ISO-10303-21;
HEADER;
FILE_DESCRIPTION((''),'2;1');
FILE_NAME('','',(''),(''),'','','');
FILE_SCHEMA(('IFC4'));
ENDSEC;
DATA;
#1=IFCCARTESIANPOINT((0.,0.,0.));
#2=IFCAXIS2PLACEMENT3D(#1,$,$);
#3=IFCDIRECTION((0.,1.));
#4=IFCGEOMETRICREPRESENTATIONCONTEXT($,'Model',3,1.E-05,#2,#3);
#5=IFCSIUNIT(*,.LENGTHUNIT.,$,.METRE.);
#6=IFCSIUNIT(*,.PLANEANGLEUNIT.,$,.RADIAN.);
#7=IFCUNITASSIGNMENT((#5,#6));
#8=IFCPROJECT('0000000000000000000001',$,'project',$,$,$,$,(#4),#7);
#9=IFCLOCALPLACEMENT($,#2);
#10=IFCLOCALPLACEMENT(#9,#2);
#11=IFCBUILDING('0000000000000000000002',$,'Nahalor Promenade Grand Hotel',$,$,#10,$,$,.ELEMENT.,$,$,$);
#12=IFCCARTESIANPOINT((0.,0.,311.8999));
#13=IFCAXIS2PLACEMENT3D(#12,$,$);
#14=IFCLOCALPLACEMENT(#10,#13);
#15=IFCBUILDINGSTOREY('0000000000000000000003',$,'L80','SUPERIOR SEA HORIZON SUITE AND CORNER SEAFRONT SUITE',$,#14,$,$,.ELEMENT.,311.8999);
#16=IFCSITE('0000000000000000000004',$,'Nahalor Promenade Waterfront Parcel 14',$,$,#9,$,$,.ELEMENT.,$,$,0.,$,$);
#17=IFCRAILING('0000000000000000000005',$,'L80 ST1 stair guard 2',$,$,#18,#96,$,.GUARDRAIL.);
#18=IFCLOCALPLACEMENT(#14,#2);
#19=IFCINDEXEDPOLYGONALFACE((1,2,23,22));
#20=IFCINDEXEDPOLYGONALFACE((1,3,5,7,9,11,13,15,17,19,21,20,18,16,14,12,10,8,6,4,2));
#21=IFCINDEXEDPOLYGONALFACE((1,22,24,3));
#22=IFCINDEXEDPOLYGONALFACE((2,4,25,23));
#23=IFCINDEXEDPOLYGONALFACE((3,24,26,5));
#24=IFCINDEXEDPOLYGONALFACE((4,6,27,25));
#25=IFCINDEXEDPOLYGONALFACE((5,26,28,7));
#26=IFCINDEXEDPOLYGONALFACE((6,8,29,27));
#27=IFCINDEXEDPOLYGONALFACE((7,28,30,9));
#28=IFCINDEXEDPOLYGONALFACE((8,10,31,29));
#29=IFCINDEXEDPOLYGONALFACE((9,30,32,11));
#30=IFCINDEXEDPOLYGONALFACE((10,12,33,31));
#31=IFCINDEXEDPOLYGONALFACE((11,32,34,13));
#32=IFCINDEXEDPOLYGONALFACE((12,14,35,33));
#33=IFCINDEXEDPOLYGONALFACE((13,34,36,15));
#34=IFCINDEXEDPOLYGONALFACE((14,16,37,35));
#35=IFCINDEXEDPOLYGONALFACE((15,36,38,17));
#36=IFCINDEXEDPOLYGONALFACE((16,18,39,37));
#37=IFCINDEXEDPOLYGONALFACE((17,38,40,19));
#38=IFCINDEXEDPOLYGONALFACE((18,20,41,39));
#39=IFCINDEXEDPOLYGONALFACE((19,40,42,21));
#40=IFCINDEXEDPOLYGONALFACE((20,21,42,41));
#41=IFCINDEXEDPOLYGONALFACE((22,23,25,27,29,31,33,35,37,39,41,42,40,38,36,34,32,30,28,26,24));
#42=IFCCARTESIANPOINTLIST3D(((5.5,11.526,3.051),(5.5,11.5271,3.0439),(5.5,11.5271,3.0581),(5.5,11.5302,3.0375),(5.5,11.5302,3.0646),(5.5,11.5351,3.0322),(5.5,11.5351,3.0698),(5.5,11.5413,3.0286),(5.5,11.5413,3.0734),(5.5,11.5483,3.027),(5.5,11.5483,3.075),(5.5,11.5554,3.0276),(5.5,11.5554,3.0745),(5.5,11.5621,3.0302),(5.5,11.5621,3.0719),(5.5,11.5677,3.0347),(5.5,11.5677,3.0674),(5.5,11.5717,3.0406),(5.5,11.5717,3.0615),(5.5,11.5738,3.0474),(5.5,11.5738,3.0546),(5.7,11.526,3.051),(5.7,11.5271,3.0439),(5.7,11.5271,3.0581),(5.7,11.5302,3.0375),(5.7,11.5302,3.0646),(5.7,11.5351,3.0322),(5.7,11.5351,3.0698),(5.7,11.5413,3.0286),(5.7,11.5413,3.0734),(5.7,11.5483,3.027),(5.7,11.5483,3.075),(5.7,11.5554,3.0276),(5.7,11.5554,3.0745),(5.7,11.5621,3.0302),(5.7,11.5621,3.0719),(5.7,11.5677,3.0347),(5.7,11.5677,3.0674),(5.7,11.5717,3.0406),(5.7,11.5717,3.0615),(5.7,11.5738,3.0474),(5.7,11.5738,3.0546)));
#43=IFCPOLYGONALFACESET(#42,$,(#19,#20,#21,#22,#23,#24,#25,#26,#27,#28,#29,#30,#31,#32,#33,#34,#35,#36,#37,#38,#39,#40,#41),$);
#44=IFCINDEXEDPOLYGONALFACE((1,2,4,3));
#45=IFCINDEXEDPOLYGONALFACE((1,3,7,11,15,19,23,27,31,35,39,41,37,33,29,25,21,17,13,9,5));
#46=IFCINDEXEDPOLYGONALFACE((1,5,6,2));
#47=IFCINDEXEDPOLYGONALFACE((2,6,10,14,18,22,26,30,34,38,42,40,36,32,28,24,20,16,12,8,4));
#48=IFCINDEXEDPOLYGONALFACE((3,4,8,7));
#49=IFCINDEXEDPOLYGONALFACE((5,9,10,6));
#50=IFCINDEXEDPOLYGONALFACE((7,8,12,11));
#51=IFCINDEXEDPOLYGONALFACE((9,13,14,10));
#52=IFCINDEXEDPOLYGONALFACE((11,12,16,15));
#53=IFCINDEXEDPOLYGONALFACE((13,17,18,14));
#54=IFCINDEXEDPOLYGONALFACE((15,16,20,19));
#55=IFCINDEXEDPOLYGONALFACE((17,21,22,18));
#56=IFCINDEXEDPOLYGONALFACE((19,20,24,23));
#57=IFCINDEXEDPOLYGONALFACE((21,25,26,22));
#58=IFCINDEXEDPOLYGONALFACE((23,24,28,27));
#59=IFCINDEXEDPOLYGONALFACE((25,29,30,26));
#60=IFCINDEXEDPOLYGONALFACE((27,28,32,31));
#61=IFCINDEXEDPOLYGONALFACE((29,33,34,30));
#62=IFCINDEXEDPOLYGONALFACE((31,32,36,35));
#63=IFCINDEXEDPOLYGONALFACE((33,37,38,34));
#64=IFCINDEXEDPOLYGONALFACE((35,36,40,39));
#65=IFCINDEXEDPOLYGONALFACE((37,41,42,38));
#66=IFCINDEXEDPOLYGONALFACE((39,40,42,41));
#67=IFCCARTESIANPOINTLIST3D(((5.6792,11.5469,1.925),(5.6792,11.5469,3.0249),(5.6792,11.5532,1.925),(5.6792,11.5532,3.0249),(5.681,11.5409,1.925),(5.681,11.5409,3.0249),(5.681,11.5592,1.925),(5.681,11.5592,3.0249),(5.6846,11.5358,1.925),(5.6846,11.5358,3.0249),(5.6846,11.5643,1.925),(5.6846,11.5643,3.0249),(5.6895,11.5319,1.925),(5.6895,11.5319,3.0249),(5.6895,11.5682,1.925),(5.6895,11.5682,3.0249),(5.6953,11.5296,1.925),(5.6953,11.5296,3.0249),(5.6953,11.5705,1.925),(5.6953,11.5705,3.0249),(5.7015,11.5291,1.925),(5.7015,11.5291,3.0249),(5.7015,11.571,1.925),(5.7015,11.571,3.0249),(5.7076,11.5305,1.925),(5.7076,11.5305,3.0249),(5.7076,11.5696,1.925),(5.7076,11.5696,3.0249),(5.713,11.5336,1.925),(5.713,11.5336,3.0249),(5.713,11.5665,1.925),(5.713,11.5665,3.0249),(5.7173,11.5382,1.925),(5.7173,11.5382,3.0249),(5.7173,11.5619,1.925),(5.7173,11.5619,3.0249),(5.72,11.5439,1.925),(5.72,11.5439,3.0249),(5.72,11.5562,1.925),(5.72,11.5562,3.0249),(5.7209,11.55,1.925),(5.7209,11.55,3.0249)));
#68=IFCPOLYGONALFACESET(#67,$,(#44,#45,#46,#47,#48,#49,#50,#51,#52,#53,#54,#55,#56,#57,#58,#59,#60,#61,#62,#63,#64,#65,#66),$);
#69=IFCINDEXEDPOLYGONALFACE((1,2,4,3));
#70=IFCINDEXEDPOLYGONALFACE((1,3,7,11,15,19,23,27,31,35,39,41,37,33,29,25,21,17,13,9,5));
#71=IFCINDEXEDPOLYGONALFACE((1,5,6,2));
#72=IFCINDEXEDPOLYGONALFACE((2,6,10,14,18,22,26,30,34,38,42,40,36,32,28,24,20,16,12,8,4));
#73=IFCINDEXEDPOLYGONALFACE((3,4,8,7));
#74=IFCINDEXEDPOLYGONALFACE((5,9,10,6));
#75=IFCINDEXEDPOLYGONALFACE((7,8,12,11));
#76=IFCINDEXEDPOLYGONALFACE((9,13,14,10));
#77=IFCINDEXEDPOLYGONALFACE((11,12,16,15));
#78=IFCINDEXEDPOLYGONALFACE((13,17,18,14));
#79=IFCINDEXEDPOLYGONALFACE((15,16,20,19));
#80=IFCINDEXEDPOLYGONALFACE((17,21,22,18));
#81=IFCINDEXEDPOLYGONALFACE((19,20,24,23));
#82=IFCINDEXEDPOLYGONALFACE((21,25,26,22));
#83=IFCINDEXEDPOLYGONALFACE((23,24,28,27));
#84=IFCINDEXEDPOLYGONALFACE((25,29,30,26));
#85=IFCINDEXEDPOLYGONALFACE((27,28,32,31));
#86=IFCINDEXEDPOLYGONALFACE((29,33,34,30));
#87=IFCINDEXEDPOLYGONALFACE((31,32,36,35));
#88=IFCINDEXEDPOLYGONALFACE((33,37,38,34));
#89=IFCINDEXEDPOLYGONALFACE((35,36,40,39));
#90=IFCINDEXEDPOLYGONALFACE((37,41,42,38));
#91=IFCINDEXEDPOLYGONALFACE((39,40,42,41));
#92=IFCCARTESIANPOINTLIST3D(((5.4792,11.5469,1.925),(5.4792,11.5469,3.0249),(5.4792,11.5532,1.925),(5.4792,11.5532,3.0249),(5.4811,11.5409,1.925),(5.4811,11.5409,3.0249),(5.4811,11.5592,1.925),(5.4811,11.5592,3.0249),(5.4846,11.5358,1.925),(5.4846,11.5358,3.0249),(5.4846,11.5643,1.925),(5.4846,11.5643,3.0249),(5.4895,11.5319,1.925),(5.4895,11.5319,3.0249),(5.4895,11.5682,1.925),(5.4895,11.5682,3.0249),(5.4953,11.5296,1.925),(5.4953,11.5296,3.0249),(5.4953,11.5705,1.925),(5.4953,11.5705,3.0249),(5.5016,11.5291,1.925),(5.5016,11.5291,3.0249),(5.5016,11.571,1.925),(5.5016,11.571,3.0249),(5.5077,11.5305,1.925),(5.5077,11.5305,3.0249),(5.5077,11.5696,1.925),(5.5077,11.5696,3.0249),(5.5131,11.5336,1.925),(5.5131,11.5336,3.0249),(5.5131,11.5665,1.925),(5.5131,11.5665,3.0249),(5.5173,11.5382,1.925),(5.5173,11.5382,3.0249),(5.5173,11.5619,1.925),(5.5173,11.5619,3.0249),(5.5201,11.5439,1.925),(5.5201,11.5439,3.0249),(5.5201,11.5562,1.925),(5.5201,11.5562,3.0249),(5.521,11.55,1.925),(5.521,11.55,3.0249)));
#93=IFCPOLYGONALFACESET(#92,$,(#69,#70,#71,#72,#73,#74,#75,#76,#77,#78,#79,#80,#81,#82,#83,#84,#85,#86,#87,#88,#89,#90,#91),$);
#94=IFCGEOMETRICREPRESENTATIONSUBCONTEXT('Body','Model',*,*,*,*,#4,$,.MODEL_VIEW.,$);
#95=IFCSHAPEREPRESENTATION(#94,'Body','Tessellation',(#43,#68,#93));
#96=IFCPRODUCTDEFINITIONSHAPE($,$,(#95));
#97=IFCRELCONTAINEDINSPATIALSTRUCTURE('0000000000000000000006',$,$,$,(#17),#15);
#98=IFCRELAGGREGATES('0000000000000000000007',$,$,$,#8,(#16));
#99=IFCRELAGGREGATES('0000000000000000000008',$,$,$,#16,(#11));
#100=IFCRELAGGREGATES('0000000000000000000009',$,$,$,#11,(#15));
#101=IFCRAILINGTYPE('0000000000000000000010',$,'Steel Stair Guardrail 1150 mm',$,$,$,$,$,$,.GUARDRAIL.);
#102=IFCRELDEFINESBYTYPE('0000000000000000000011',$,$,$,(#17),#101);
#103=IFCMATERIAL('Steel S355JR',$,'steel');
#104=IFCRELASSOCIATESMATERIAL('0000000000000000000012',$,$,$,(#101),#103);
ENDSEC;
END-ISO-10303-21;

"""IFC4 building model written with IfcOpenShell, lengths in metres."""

from ifc_helpers import new_model, si_unit, direction, frame, origin, origin_2d, place, context, subcontext, project, spatial, circle, extrude, material, type_object, element, save


model = new_model("IFC4")

# Units and contexts
model_context = context("Model", 3, precision=1e-05, world=origin(), true_north=direction((0.0, 1.0)))
body_context = subcontext(model_context, "Body", "Model", "MODEL_VIEW")
ifc_project = project(units=[si_unit("LENGTHUNIT", "METRE"), si_unit("PLANEANGLEUNIT", "RADIAN")], contexts=[model_context])

# Site, building, storey
site_placement = place(None, origin())
site = spatial("IfcSite", under=ifc_project, at=site_placement, Name="Nahalor Promenade Waterfront Parcel 14", CompositionType="ELEMENT", RefElevation=0.0)
building_placement = place(site_placement, origin())
building = spatial("IfcBuilding", under=site, at=building_placement, Name="Nahalor Promenade Grand Hotel", CompositionType="ELEMENT")
storey_placement = place(building_placement, frame((0.0, 0.0, 311.8999)))
storey = spatial("IfcBuildingStorey", under=building, at=storey_placement, Name="L80", Description="SUPERIOR SEA HORIZON SUITE AND CORNER SEAFRONT SUITE", CompositionType="ELEMENT", Elevation=311.8999)

# Shared definitions
ifc_material_1 = material(Name="Steel S355JR", Category="steel")

# Railing
railing_type_1 = type_object("IfcRailingType", Name="Steel Stair Guardrail 1150 mm", PredefinedType="GUARDRAIL", material=ifc_material_1)
railing_1_placement = place(storey_placement, frame((5.7, 11.55, 1.925)))
element("IfcRailing", 1, at=railing_1_placement, inside=storey, type_object=railing_type_1, Name="L80 ST1 stair guard 2", PredefinedType="GUARDRAIL", context=body_context, shape_type="SweptSolid", body=[
    extrude(circle(Radius=0.024, at=origin_2d()), frame((0.0, 0.0, 1.126), z_axis=(-1.0, 0.0, 0.0), x_axis=(0.0, -1.0, 0.0)), (0.0, 0.0, 1.0), 0.2),
    extrude(circle(Radius=0.021, at=origin_2d()), origin(), (0.0, 0.0, 1.0), 1.0999),
    extrude(circle(Radius=0.021, at=origin_2d()), frame((-0.2, 0.0, 0.0)), (0.0, 0.0, 1.0), 1.0999),
])

save(model, "model.ifc")
